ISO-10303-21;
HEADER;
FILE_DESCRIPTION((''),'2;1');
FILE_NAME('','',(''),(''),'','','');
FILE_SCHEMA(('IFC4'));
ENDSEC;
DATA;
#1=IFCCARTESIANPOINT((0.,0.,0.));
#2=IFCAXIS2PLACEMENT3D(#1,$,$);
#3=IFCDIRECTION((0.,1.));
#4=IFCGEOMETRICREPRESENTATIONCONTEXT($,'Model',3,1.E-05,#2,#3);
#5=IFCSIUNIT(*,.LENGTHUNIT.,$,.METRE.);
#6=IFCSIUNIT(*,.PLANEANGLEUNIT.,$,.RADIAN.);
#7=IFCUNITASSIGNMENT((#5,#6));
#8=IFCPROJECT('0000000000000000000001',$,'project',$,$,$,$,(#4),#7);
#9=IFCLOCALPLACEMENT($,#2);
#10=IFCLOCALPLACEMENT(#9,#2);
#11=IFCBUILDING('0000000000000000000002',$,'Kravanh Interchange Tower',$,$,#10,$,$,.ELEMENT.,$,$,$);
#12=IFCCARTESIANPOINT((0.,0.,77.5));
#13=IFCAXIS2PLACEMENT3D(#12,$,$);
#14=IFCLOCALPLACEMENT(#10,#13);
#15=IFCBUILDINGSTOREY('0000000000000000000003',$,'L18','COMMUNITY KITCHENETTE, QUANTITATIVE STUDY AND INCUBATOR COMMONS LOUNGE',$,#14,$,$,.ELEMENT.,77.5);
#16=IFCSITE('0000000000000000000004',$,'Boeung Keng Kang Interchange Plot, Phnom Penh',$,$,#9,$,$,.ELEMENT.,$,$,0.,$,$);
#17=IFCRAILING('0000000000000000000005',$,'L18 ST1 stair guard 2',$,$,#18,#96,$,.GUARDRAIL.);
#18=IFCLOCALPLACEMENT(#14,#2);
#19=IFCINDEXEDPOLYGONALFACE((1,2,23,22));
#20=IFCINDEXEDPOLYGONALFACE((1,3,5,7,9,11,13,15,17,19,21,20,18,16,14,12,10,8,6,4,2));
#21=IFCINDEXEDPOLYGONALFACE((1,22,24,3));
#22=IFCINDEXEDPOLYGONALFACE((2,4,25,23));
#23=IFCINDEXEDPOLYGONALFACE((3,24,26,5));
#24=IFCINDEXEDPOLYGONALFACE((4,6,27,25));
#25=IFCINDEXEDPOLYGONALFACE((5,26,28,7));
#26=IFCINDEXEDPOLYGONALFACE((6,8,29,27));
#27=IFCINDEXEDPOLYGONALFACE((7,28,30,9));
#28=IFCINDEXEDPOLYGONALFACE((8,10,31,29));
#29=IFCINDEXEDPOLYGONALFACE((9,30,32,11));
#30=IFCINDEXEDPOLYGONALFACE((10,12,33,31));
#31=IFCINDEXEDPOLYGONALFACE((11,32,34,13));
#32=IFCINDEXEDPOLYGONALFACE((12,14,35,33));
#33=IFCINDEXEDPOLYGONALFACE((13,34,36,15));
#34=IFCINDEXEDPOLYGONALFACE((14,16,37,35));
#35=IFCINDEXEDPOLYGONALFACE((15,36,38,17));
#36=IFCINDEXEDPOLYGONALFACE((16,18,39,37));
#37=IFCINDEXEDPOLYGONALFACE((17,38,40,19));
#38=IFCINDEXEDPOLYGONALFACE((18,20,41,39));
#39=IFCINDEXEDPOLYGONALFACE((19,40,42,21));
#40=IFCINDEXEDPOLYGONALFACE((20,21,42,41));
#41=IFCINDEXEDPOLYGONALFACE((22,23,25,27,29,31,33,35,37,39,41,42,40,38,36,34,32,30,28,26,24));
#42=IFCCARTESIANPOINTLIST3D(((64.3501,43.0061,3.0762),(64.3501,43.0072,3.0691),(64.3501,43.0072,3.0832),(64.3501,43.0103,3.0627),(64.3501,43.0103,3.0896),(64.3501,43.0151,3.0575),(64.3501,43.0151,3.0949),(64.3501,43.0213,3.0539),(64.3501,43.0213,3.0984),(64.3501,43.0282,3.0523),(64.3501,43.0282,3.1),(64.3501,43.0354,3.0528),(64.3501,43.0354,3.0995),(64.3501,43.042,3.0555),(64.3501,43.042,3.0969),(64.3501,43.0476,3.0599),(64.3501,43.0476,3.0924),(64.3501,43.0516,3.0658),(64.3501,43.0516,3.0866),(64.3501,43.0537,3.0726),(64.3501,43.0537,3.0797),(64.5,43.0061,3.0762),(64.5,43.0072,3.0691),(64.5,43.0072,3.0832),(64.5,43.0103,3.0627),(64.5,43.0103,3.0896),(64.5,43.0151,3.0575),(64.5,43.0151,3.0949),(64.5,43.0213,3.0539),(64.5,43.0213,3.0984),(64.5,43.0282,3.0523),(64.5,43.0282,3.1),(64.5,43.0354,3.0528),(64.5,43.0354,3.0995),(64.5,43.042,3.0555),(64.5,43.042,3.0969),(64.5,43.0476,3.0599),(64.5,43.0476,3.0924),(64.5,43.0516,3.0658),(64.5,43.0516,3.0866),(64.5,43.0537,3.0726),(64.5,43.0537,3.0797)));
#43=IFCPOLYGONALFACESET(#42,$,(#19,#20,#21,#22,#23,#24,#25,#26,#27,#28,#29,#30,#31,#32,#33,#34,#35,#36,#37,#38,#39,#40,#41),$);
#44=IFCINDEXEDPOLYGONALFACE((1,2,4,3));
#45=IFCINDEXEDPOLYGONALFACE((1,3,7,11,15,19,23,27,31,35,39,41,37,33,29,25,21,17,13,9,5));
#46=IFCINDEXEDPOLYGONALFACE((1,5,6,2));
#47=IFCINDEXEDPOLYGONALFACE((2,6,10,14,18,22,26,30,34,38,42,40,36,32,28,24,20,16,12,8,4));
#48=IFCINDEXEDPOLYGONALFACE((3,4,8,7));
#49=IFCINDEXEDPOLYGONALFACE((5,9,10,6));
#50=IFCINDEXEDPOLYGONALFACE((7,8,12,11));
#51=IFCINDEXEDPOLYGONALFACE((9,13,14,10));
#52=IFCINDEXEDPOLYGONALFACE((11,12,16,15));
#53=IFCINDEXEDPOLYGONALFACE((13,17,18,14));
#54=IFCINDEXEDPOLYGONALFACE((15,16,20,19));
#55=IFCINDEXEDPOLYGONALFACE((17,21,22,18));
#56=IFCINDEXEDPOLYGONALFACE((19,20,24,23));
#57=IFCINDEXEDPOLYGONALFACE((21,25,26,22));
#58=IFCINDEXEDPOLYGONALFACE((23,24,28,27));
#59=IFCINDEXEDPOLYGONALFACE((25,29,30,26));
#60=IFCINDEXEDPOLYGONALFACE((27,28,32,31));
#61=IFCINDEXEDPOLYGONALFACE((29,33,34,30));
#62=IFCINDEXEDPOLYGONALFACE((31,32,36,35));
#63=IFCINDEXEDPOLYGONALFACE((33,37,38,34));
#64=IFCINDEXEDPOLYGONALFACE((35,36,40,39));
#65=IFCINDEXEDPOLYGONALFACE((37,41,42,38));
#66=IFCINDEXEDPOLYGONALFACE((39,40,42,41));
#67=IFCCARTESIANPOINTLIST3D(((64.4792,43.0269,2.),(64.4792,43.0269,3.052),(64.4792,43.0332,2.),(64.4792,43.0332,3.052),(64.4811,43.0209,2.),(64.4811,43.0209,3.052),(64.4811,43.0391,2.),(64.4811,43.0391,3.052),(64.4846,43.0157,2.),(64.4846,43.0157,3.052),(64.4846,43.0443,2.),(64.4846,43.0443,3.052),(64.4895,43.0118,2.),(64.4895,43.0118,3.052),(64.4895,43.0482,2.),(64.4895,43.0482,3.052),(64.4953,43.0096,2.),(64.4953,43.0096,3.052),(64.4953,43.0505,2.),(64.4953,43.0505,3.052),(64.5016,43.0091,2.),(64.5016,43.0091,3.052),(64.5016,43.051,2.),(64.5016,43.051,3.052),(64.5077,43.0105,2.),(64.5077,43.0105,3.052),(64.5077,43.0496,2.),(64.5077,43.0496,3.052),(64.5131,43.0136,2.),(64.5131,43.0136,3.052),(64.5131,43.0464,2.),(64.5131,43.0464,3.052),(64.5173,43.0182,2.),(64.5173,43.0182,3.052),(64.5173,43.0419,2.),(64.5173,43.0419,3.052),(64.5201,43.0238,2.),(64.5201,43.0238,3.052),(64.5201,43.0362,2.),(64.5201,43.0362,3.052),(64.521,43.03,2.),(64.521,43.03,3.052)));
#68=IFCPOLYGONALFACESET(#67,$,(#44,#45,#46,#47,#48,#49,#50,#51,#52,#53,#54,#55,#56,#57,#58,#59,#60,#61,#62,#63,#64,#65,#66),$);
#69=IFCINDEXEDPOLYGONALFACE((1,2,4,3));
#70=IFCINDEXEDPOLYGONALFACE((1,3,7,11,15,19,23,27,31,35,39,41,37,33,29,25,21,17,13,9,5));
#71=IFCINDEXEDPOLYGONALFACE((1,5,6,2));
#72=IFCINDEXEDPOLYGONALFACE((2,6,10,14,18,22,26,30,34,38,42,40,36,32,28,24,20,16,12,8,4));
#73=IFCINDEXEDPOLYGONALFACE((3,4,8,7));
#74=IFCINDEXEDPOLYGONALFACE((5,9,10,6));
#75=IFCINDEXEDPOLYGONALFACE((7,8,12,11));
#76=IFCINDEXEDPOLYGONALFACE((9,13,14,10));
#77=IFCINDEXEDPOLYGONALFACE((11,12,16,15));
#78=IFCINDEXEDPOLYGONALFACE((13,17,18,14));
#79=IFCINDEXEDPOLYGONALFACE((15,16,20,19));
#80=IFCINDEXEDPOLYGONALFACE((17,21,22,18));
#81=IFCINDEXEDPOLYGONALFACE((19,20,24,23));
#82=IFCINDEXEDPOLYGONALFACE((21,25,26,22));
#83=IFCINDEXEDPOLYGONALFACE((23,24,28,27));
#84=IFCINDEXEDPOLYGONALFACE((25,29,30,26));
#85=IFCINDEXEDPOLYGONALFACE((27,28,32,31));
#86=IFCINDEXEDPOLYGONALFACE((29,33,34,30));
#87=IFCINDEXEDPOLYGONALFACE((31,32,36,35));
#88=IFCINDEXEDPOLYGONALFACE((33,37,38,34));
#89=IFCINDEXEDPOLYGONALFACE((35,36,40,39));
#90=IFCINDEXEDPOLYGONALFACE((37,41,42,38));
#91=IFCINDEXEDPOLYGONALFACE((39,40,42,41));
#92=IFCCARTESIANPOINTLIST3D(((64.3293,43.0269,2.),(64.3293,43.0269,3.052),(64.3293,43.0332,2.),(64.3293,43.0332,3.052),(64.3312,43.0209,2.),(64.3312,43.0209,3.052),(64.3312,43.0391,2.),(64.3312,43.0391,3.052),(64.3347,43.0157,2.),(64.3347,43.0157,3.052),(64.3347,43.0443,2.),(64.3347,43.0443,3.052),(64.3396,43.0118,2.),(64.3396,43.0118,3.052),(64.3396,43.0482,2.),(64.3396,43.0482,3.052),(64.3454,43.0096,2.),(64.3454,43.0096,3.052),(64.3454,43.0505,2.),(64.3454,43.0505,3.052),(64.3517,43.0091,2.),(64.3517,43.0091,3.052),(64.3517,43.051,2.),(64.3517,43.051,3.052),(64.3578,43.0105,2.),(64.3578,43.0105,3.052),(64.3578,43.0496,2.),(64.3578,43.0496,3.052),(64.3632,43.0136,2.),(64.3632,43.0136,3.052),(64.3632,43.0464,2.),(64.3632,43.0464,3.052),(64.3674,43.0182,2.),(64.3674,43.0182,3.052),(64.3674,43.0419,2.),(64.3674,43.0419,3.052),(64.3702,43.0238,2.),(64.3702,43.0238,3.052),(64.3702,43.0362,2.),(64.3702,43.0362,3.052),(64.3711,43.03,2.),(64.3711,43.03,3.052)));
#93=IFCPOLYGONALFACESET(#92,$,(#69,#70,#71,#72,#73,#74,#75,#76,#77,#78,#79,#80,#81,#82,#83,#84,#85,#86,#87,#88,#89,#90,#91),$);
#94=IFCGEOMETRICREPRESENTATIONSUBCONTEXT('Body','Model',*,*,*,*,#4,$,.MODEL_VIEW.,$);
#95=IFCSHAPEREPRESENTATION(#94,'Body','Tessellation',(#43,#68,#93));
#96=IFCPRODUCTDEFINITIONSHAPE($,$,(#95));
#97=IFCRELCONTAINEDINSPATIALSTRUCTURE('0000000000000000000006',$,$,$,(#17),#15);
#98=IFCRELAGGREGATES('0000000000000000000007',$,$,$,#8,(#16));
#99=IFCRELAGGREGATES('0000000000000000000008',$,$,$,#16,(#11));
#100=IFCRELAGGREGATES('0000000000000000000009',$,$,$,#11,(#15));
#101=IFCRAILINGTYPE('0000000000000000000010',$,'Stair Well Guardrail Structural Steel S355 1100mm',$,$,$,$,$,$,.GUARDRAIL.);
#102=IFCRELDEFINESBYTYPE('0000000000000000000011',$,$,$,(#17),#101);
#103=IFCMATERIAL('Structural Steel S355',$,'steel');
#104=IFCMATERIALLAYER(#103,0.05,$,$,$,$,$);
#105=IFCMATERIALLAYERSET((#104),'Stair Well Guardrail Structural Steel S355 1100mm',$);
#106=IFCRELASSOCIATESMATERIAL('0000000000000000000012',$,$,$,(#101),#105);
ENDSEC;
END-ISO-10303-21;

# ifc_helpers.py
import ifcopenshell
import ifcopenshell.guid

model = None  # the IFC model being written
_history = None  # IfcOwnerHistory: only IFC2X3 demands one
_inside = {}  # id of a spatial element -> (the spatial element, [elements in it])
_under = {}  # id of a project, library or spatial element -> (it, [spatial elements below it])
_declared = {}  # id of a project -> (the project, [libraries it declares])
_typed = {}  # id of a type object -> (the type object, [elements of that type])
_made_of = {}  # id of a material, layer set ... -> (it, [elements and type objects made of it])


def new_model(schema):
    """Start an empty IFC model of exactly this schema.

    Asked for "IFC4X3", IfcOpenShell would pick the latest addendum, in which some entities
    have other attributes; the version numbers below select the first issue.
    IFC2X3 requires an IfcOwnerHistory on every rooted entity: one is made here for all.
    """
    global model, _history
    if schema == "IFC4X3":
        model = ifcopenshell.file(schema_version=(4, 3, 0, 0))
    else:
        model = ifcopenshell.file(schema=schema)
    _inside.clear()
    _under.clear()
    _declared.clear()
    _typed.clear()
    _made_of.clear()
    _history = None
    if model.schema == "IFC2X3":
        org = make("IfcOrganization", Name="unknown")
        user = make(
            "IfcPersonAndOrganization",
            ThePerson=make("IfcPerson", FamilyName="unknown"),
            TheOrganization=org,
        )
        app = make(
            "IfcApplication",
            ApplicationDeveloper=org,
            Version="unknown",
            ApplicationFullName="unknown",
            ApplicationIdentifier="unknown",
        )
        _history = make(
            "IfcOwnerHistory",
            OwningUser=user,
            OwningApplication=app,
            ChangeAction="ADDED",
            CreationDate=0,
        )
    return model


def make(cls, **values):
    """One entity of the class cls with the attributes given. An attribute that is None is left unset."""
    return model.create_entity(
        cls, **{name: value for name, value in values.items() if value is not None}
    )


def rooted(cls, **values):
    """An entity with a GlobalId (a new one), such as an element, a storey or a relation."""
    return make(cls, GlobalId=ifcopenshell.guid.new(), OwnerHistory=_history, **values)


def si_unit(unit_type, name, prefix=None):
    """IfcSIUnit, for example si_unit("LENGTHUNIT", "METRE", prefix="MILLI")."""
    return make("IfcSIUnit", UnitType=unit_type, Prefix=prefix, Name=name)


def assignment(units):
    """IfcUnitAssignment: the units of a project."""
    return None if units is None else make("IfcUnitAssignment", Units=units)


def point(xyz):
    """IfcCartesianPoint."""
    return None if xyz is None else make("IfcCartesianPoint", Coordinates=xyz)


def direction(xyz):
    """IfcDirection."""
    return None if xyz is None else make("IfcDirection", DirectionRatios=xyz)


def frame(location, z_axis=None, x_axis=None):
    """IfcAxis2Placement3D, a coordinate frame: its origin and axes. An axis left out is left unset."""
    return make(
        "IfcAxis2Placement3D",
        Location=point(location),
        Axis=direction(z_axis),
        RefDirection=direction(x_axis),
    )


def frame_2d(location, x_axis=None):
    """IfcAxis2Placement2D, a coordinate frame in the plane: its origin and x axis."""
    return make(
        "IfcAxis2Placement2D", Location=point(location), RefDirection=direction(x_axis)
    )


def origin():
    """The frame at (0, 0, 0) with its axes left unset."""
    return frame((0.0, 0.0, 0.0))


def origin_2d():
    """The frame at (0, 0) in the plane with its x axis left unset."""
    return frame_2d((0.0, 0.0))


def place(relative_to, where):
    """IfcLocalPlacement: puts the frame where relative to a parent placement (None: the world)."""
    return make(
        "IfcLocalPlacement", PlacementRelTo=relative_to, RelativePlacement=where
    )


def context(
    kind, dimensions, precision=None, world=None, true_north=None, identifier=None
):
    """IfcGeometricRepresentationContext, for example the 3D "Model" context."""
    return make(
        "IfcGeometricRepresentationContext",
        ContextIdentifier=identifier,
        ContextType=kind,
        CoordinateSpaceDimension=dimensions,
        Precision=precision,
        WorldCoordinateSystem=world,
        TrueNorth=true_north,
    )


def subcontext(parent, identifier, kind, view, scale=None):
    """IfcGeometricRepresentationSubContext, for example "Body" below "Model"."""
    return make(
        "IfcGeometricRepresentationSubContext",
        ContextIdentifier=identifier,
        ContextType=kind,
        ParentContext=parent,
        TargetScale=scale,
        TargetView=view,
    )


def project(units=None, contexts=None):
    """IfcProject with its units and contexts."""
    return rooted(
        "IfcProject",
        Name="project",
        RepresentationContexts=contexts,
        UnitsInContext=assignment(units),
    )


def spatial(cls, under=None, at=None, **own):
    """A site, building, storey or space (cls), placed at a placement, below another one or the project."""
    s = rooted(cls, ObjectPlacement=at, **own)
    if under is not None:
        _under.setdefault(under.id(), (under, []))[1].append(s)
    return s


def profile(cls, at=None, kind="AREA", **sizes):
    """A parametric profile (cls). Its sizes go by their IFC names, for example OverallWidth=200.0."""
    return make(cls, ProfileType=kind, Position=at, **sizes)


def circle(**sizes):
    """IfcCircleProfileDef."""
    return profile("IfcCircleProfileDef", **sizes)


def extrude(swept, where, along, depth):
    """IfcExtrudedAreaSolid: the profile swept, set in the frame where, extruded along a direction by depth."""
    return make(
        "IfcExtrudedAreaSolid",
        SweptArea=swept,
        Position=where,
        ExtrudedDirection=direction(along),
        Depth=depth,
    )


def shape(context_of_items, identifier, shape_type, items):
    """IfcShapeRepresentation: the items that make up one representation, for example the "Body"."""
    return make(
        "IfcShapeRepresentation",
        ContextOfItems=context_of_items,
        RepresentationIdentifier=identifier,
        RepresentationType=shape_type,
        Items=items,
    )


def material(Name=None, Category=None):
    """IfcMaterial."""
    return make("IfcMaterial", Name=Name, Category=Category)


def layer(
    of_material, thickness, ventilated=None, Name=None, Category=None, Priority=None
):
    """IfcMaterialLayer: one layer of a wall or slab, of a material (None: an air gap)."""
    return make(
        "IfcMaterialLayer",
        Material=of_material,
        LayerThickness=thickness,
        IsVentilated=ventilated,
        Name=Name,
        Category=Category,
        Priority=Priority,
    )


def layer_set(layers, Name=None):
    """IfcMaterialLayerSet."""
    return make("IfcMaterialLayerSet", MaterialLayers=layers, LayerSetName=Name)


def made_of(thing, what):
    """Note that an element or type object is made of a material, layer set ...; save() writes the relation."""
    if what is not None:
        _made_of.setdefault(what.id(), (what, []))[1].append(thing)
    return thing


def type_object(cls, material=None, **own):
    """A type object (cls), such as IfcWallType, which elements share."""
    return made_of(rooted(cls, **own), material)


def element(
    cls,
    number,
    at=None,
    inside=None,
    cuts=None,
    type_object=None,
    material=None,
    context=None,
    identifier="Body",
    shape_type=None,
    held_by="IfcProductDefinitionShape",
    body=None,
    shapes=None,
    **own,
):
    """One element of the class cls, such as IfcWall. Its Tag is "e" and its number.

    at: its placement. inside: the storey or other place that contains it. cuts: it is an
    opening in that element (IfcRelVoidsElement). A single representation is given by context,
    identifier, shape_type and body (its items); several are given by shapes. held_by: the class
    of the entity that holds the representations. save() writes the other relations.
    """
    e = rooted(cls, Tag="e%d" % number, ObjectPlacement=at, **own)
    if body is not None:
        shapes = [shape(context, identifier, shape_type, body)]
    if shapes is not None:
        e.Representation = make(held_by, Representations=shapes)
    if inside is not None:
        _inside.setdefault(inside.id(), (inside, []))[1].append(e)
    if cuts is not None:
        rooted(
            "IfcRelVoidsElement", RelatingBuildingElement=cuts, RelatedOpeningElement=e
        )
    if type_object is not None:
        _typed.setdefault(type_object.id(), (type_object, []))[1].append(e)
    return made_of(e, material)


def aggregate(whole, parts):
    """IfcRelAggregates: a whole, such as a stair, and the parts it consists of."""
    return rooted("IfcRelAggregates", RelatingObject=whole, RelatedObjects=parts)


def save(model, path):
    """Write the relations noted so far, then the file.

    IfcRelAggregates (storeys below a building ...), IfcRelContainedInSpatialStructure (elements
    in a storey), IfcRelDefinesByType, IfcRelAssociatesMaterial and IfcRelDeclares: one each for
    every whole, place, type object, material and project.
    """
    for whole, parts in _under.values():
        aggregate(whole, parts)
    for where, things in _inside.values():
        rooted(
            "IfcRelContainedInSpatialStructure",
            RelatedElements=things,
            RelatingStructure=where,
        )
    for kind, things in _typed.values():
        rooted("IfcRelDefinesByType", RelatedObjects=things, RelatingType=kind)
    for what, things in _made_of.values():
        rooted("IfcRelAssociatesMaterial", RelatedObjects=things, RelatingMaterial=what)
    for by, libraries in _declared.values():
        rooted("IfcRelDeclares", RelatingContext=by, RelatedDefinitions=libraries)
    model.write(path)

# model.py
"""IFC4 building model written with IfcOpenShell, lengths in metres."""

from ifc_helpers import new_model, si_unit, direction, frame, origin, origin_2d, place, context, subcontext, project, spatial, circle, extrude, material, layer, layer_set, type_object, element, save


model = new_model("IFC4")

# Units and contexts
model_context = context("Model", 3, precision=1e-05, world=origin(), true_north=direction((0.0, 1.0)))
body_context = subcontext(model_context, "Body", "Model", "MODEL_VIEW")
ifc_project = project(units=[si_unit("LENGTHUNIT", "METRE"), si_unit("PLANEANGLEUNIT", "RADIAN")], contexts=[model_context])

# Site, building, storey
site_placement = place(None, origin())
site = spatial("IfcSite", under=ifc_project, at=site_placement, Name="Boeung Keng Kang Interchange Plot, Phnom Penh", CompositionType="ELEMENT", RefElevation=0.0)
building_placement = place(site_placement, origin())
building = spatial("IfcBuilding", under=site, at=building_placement, Name="Kravanh Interchange Tower", CompositionType="ELEMENT")
storey_placement = place(building_placement, frame((0.0, 0.0, 77.5)))
storey = spatial("IfcBuildingStorey", under=building, at=storey_placement, Name="L18", Description="COMMUNITY KITCHENETTE, QUANTITATIVE STUDY AND INCUBATOR COMMONS LOUNGE", CompositionType="ELEMENT", Elevation=77.5)

# Railing
ifc_material_1 = material(Name="Structural Steel S355", Category="steel")
ifc_layer_1 = layer(ifc_material_1, 0.05)
ifc_layer_set_1 = layer_set([ifc_layer_1], Name="Stair Well Guardrail Structural Steel S355 1100mm")
railing_type_1 = type_object("IfcRailingType", Name="Stair Well Guardrail Structural Steel S355 1100mm", PredefinedType="GUARDRAIL", material=ifc_layer_set_1)
railing_1_placement = place(storey_placement, frame((64.5, 43.03, 2.0)))
element("IfcRailing", 1, at=railing_1_placement, inside=storey, type_object=railing_type_1, Name="L18 ST1 stair guard 2", PredefinedType="GUARDRAIL", context=body_context, shape_type="SweptSolid", body=[
    extrude(circle(Radius=0.0239, at=origin_2d()), frame((0.0, 0.0, 1.0762), z_axis=(-1.0, 0.0, 0.0), x_axis=(0.0, -1.0, 0.0)), (0.0, 0.0, 1.0), 0.1499),
    extrude(circle(Radius=0.021, at=origin_2d()), origin(), (0.0, 0.0, 1.0), 1.052),
    extrude(circle(Radius=0.021, at=origin_2d()), frame((-0.1499, 0.0, 0.0)), (0.0, 0.0, 1.0), 1.052),
])

save(model, "model.ifc")
